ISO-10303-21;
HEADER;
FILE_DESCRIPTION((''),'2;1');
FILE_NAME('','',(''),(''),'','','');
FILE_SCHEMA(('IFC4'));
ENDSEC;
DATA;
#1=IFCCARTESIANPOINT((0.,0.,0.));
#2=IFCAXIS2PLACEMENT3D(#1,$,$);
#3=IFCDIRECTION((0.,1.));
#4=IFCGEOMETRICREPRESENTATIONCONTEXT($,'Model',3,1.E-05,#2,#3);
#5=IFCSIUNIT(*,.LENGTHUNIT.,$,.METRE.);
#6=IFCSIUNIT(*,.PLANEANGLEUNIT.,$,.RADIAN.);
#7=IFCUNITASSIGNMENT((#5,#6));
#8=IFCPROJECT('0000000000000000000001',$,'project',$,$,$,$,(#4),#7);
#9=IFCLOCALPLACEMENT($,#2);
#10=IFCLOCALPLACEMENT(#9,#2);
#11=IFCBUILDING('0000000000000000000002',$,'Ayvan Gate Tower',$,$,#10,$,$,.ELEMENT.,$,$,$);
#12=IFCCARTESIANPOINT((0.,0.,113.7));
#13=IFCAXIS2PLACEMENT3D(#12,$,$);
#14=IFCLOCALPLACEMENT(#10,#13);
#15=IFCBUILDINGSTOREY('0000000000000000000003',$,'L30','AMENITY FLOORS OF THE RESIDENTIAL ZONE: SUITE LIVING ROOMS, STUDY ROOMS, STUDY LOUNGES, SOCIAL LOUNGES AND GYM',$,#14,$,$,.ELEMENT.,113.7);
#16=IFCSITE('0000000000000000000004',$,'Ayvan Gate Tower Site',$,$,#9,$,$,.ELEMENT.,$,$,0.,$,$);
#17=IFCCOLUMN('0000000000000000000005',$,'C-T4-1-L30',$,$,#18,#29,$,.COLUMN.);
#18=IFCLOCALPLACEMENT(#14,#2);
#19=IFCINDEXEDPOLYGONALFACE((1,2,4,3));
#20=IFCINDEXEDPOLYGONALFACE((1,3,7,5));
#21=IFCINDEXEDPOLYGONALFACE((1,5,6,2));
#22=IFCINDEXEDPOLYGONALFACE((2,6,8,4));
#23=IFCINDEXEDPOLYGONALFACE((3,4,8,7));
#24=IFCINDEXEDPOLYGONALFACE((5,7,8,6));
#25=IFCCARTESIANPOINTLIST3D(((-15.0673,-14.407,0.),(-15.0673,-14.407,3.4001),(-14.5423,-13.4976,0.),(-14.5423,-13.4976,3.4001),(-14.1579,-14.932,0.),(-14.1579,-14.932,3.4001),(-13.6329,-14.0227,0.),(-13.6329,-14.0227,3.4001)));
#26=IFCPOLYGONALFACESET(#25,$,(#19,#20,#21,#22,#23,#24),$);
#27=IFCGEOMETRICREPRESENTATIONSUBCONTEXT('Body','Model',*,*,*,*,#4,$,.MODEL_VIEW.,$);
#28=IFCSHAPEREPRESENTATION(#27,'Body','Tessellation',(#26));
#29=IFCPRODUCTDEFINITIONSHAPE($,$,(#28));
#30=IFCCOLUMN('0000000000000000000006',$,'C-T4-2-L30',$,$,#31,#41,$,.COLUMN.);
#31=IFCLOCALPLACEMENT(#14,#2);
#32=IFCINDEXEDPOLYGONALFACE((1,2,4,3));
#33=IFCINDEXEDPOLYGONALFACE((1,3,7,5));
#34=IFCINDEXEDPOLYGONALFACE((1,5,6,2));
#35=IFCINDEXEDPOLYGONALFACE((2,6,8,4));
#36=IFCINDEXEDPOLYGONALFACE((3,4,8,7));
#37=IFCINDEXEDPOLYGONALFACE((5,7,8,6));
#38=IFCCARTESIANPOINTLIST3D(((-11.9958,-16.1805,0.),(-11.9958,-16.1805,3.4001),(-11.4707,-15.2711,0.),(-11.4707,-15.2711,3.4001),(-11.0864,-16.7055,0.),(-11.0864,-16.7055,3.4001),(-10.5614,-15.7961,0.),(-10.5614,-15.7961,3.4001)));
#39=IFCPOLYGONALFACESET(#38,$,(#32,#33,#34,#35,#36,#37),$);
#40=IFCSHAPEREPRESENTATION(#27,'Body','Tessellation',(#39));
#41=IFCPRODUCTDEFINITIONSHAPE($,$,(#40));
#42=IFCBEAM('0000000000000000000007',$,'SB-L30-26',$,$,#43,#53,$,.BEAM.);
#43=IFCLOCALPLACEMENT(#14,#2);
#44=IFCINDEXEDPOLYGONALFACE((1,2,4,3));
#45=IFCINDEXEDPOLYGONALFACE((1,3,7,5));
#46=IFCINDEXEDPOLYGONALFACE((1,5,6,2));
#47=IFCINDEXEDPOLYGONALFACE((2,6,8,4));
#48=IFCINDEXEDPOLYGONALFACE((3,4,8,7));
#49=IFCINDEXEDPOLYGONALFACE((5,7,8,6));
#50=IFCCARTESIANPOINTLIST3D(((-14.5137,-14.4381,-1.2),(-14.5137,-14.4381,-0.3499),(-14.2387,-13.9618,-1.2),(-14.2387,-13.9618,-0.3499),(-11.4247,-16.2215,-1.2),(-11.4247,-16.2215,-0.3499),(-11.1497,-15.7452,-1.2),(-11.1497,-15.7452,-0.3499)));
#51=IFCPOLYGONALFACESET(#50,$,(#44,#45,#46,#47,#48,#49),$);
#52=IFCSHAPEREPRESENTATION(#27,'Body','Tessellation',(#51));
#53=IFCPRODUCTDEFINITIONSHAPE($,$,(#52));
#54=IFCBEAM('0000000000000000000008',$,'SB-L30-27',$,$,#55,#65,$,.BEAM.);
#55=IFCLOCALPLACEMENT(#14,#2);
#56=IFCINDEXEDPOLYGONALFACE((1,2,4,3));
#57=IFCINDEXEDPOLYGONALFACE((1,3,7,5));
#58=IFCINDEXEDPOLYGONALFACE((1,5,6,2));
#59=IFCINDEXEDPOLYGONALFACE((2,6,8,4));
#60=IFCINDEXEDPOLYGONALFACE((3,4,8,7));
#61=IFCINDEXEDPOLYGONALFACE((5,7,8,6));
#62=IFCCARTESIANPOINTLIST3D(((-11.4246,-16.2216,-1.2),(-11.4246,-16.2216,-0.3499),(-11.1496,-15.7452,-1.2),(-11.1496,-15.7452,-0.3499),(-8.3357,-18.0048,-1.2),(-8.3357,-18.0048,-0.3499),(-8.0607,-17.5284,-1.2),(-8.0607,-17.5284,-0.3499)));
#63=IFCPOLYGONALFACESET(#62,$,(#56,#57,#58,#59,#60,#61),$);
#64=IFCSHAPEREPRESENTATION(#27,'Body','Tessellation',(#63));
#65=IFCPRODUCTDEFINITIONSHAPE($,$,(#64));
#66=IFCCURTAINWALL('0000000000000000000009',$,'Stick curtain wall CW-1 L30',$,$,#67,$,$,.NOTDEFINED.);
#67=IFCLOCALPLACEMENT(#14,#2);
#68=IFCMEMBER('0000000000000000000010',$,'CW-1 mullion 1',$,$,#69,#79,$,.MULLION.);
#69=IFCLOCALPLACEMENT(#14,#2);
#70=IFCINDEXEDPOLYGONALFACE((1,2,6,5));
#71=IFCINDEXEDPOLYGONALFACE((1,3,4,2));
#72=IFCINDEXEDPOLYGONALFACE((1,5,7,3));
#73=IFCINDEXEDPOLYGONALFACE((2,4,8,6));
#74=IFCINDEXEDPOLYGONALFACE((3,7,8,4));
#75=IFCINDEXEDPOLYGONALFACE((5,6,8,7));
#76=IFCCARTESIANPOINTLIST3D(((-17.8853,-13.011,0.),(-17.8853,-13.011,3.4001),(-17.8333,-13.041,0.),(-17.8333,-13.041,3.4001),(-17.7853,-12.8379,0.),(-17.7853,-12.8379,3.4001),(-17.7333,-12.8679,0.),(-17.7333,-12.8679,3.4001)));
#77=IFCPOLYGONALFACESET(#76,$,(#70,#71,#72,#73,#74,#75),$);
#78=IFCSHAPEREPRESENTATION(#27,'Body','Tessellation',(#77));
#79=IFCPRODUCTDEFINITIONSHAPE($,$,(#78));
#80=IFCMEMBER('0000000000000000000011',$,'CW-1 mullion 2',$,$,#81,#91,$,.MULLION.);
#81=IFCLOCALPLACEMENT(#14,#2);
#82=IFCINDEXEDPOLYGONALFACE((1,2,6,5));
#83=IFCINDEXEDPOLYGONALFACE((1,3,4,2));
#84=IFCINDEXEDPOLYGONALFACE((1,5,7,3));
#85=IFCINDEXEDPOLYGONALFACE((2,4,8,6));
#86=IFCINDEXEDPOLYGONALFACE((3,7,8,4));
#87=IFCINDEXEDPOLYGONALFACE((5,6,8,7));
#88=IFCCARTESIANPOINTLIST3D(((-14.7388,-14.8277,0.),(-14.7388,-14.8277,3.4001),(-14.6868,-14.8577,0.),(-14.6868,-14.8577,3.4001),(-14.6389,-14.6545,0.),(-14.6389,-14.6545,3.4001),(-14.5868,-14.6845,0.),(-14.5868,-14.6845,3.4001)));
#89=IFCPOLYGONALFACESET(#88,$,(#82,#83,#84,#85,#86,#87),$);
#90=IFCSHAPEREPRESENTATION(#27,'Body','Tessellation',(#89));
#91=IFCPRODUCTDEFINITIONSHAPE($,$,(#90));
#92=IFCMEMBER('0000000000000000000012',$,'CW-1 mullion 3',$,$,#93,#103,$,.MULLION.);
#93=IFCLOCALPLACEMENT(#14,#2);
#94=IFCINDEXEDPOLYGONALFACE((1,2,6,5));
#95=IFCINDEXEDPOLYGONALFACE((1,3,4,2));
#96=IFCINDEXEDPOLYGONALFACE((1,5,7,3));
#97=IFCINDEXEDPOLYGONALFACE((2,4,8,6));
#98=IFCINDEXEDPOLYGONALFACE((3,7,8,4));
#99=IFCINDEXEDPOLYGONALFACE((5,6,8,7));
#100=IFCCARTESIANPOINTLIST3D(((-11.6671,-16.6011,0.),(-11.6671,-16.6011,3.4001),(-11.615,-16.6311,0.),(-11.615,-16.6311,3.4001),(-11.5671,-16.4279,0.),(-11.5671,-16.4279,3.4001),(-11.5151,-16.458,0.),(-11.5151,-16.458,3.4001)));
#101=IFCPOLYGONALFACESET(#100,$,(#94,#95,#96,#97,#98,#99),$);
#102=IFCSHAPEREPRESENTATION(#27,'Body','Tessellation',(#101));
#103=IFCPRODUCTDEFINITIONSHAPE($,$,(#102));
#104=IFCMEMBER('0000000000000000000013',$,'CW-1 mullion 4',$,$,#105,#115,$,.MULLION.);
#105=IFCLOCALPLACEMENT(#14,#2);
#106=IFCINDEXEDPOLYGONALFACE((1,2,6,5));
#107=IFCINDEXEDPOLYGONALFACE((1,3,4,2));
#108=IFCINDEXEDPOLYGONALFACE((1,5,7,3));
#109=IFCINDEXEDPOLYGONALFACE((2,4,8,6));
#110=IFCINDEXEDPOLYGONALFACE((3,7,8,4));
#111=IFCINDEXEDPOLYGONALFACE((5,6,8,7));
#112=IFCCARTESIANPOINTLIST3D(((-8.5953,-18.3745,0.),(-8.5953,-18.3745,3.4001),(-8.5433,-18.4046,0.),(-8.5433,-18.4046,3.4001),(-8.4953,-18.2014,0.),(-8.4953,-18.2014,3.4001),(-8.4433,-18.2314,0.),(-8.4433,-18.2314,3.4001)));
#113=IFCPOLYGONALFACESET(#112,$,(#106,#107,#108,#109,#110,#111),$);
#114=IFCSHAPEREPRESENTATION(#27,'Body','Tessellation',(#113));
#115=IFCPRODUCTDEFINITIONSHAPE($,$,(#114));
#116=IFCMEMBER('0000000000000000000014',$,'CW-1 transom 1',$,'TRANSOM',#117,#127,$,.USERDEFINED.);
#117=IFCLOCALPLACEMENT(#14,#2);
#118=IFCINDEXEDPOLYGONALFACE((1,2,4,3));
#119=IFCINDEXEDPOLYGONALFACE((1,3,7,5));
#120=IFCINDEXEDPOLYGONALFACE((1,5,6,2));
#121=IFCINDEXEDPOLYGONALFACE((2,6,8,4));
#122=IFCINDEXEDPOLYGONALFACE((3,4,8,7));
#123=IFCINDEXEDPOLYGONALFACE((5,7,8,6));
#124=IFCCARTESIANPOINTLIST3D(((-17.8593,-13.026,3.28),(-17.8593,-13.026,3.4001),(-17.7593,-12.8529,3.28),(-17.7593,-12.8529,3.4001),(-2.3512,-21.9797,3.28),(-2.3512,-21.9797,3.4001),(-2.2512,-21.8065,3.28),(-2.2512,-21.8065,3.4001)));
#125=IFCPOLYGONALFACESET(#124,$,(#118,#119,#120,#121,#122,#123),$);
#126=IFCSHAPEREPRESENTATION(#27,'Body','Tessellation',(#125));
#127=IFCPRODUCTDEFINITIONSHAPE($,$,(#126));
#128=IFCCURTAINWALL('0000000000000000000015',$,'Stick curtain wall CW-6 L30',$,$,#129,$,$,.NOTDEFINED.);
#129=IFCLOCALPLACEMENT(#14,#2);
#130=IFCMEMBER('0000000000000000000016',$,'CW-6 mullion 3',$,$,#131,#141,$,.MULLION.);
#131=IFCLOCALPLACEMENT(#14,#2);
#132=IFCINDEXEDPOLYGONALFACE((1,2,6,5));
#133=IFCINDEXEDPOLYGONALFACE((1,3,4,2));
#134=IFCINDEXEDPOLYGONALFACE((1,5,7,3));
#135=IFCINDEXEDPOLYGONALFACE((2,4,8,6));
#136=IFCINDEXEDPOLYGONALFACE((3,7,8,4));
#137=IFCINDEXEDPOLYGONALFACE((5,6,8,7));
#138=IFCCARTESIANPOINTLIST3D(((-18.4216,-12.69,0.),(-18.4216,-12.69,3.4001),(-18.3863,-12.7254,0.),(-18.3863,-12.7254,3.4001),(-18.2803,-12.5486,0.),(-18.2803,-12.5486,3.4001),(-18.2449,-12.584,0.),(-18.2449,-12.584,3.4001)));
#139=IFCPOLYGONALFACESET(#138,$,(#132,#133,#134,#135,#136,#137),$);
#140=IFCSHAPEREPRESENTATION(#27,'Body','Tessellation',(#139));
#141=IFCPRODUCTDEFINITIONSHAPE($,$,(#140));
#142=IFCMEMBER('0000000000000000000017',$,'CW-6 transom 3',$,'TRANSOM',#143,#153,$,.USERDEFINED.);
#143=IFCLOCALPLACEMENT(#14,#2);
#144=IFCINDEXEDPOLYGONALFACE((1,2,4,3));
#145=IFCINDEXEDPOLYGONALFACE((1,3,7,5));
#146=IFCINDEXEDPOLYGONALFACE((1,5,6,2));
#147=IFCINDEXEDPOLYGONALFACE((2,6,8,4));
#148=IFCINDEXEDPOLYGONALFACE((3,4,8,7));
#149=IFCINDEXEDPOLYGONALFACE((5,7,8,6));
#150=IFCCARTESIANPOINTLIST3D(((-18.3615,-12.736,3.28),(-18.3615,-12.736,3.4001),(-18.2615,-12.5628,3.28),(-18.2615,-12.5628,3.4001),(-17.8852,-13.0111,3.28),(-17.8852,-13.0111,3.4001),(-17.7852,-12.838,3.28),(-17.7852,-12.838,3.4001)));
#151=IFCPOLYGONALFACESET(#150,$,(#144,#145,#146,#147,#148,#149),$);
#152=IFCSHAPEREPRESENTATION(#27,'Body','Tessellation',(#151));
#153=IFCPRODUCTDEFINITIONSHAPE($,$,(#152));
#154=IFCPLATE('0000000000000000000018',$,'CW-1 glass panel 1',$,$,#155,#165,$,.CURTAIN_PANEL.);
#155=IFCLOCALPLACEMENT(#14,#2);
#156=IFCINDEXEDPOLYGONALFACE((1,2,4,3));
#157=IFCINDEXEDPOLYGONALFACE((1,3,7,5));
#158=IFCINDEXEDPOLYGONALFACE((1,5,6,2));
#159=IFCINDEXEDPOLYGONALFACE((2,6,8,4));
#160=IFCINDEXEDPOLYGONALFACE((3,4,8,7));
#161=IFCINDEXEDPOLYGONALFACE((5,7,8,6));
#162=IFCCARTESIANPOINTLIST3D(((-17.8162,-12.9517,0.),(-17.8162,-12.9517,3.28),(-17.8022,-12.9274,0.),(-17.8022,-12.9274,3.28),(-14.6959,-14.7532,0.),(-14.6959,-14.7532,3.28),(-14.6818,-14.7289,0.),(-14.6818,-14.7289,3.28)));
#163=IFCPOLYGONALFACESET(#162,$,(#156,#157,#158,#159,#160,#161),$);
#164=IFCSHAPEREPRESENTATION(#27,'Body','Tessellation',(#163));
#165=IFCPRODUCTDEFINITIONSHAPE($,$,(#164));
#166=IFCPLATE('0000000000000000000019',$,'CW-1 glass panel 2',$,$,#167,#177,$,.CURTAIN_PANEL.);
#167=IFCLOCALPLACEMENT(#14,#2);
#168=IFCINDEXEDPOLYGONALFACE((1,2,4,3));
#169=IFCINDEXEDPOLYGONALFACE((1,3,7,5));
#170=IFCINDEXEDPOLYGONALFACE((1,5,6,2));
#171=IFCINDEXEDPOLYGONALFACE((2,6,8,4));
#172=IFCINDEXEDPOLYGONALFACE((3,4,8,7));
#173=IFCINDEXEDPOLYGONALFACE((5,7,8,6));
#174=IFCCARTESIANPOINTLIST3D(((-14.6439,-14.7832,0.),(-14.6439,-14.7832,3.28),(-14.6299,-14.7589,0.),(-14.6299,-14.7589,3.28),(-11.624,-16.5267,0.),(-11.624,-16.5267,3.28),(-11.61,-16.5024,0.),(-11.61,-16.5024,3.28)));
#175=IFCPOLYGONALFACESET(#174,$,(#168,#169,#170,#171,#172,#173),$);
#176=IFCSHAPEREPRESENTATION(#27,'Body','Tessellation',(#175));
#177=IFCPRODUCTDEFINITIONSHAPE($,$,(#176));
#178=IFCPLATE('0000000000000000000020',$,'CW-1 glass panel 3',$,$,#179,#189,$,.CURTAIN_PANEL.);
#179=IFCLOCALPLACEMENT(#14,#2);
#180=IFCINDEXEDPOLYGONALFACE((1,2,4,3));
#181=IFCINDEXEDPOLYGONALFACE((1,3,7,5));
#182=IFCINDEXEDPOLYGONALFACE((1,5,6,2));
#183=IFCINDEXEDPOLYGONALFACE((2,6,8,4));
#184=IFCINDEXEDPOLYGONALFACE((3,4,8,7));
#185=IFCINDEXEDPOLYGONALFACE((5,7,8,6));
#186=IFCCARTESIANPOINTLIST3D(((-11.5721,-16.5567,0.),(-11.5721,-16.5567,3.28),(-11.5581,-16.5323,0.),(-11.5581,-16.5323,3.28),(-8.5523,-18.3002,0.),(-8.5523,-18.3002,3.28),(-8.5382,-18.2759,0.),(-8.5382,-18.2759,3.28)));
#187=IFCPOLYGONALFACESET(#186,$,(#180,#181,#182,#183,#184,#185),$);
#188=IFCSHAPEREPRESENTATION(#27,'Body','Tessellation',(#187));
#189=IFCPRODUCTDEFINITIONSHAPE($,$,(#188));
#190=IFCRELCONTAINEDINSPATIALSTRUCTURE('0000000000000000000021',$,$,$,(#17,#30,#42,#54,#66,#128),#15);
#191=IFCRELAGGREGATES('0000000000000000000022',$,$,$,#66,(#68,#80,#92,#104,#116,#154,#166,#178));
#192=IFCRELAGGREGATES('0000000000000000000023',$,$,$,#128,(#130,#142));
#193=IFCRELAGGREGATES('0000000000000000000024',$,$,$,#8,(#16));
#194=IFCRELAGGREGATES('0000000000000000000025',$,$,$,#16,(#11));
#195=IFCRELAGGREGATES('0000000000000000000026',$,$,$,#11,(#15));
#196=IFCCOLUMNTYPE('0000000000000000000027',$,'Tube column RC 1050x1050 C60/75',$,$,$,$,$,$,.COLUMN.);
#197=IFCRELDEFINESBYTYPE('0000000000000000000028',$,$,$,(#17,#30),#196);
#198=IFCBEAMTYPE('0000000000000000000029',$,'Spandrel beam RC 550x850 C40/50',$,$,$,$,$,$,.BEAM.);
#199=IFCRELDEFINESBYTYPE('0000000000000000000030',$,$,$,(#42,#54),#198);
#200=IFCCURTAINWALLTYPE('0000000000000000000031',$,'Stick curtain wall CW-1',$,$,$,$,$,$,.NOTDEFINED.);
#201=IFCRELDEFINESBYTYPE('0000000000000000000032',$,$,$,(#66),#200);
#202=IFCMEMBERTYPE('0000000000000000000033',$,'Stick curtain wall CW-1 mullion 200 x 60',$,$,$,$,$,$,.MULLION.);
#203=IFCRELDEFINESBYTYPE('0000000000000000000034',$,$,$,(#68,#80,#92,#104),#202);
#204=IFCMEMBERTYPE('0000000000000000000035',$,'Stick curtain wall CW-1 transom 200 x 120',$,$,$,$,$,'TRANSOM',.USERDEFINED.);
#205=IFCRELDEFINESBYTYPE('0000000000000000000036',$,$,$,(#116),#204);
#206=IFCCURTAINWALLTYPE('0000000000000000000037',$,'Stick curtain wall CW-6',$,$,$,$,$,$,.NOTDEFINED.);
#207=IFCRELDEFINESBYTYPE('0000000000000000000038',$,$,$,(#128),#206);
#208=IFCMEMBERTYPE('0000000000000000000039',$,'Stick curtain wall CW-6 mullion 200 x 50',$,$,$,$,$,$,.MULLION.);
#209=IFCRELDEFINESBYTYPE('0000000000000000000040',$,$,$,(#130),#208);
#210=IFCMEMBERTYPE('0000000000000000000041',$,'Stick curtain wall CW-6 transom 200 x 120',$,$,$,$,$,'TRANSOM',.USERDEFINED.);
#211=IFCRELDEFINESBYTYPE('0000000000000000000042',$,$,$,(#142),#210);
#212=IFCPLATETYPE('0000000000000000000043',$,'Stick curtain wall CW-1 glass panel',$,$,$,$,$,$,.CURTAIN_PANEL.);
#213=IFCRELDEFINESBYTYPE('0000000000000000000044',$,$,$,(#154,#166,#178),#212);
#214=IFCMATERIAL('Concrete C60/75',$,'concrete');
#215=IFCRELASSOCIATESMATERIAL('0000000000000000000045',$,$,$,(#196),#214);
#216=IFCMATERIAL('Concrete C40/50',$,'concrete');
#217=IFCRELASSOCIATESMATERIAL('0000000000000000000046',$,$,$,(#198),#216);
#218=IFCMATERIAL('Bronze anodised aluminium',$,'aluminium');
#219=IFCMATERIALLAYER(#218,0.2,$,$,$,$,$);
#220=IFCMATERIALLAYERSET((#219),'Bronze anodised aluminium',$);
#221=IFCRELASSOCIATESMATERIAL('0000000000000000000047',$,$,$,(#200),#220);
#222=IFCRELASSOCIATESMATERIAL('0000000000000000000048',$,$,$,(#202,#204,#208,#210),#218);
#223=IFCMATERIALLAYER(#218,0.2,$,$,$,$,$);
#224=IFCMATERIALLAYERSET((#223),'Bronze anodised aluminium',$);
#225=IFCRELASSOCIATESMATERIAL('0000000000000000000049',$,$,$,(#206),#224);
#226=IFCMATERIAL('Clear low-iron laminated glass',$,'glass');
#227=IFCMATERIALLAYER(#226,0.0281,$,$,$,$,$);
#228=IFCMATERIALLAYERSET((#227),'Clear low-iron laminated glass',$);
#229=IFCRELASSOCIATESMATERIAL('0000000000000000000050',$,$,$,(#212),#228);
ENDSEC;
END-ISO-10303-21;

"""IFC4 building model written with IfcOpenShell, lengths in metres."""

from ifc_helpers import new_model, si_unit, direction, frame, origin, origin_2d, place, context, subcontext, project, spatial, rectangle, extrude, material, layer, layer_set, material_profile, profile_set, type_object, element, aggregate, save


model = new_model("IFC4")

# Units and contexts
model_context = context("Model", 3, precision=1e-05, world=origin(), true_north=direction((0.0, 1.0)))
body_context = subcontext(model_context, "Body", "Model", "MODEL_VIEW")
ifc_project = project(units=[si_unit("LENGTHUNIT", "METRE"), si_unit("PLANEANGLEUNIT", "RADIAN")], contexts=[model_context])

# Site, building, storey
site_placement = place(None, origin())
site = spatial("IfcSite", under=ifc_project, at=site_placement, Name="Ayvan Gate Tower Site", CompositionType="ELEMENT", RefElevation=0.0)
building_placement = place(site_placement, origin())
building = spatial("IfcBuilding", under=site, at=building_placement, Name="Ayvan Gate Tower", CompositionType="ELEMENT")
storey_placement = place(building_placement, frame((0.0, 0.0, 113.7)))
storey = spatial("IfcBuildingStorey", under=building, at=storey_placement, Name="L30", Description="AMENITY FLOORS OF THE RESIDENTIAL ZONE: SUITE LIVING ROOMS, STUDY ROOMS, STUDY LOUNGES, SOCIAL LOUNGES AND GYM", CompositionType="ELEMENT", Elevation=113.7)

# Columns
ifc_material_1 = material(Name="Concrete C60/75", Category="concrete")
ifc_material_profile_1 = material_profile(ifc_material_1, rectangle(XDim=1.05, YDim=1.05, at=origin_2d()), Name="RC 1050x1050")
ifc_profile_set_1 = profile_set([ifc_material_profile_1], Name="Concrete C60/75")
column_type = type_object("IfcColumnType", Name="Tube column RC 1050x1050 C60/75", PredefinedType="COLUMN", material=ifc_profile_set_1)
for number, where, z_axis, x_axis, name in (
    (1, (-14.3501, -14.2148, 0.0), (0.0, 0.0, 1.0), (-0.5, -0.866025, 0.0), "C-T4-1-L30"),
    (2, (-11.2786, -15.9883, 0.0), (0.0, 0.0, 1.0), (-0.5, -0.866025, 0.0), "C-T4-2-L30"),
):
    element("IfcColumn", number, at=place(storey_placement, frame(where, z_axis=z_axis, x_axis=x_axis)), inside=storey, type_object=column_type, Name=name, PredefinedType="COLUMN", context=body_context, shape_type="SweptSolid", body=[
        extrude(rectangle(XDim=1.05, YDim=1.05, at=origin_2d()), origin(), (0.0, 0.0, 1.0), 3.4001),
    ])

# Beams
ifc_material_2 = material(Name="Concrete C40/50", Category="concrete")
ifc_material_profile_2 = material_profile(ifc_material_2, rectangle(XDim=0.55, YDim=0.8501, at=origin_2d()), Name="RC 550x850")
ifc_profile_set_2 = profile_set([ifc_material_profile_2], Name="Concrete C40/50")
beam_type = type_object("IfcBeamType", Name="Spandrel beam RC 550x850 C40/50", PredefinedType="BEAM", material=ifc_profile_set_2)
beam_1_placement = place(storey_placement, frame((-14.3762, -14.2, -0.7749), z_axis=(0.866032, -0.499989, 0.0), x_axis=(0.499989, 0.866032, 0.0)))
element("IfcBeam", 3, at=beam_1_placement, inside=storey, type_object=beam_type, Name="SB-L30-26", PredefinedType="BEAM", context=body_context, shape_type="SweptSolid", body=[
    extrude(rectangle(XDim=0.55, YDim=0.8501, at=origin_2d()), origin(), (0.0, 0.0, 1.0), 3.5669),
])
beam_2_placement = place(storey_placement, frame((-11.2871, -15.9834, -0.7749), z_axis=(0.866044, -0.499967, 0.0), x_axis=(0.499967, 0.866044, 0.0)))
element("IfcBeam", 4, at=beam_2_placement, inside=storey, type_object=beam_type, Name="SB-L30-27", PredefinedType="BEAM", context=body_context, shape_type="SweptSolid", body=[
    extrude(rectangle(XDim=0.55, YDim=0.8501, at=origin_2d()), origin(), (0.0, 0.0, 1.0), 3.5667),
])

# Curtain walls, members
ifc_material_3 = material(Name="Bronze anodised aluminium", Category="aluminium")
ifc_layer_1 = layer(ifc_material_3, 0.2)
ifc_layer_set_1 = layer_set([ifc_layer_1], Name="Bronze anodised aluminium")
curtain_wall_type_1 = type_object("IfcCurtainWallType", Name="Stick curtain wall CW-1", PredefinedType="NOTDEFINED", material=ifc_layer_set_1)
curtain_wall_1_placement = place(storey_placement, origin())
curtain_wall_1 = element("IfcCurtainWall", 5, at=curtain_wall_1_placement, inside=storey, type_object=curtain_wall_type_1, Name="Stick curtain wall CW-1 L30", PredefinedType="NOTDEFINED")
ifc_material_profile_3 = material_profile(ifc_material_3, rectangle(XDim=0.2, YDim=0.0601, at=origin_2d()), Name="Stick curtain wall CW-1 mullion 200 x 60")
ifc_profile_set_3 = profile_set([ifc_material_profile_3], Name="Bronze anodised aluminium")
member_type_1 = type_object("IfcMemberType", Name="Stick curtain wall CW-1 mullion 200 x 60", PredefinedType="MULLION", material=ifc_profile_set_3)
member_1_placement = place(storey_placement, frame((-17.8093, -12.9395, 0.0), z_axis=(0.0, 0.0, 1.0), x_axis=(-0.5, -0.866025, 0.0)))
member_1 = element("IfcMember", 6, at=member_1_placement, type_object=member_type_1, Name="CW-1 mullion 1", PredefinedType="MULLION", context=body_context, shape_type="SweptSolid", body=[
    extrude(rectangle(XDim=0.2, YDim=0.0601, at=origin_2d()), origin(), (0.0, 0.0, 1.0), 3.4001),
])
member_2_placement = place(storey_placement, frame((-14.6628, -14.7561, 0.0), z_axis=(0.0, 0.0, 1.0), x_axis=(-0.5, -0.866025, 0.0)))
member_2 = element("IfcMember", 7, at=member_2_placement, type_object=member_type_1, Name="CW-1 mullion 2", PredefinedType="MULLION", context=body_context, shape_type="SweptSolid", body=[
    extrude(rectangle(XDim=0.2, YDim=0.0601, at=origin_2d()), origin(), (0.0, 0.0, 1.0), 3.4001),
])
member_3_placement = place(storey_placement, frame((-11.5911, -16.5295, 0.0), z_axis=(0.0, 0.0, 1.0), x_axis=(-0.5, -0.866025, 0.0)))
member_3 = element("IfcMember", 8, at=member_3_placement, type_object=member_type_1, Name="CW-1 mullion 3", PredefinedType="MULLION", context=body_context, shape_type="SweptSolid", body=[
    extrude(rectangle(XDim=0.2, YDim=0.0601, at=origin_2d()), origin(), (0.0, 0.0, 1.0), 3.4001),
])
member_4_placement = place(storey_placement, frame((-8.5193, -18.303, 0.0), z_axis=(0.0, 0.0, 1.0), x_axis=(-0.5, -0.866025, 0.0)))
member_4 = element("IfcMember", 9, at=member_4_placement, type_object=member_type_1, Name="CW-1 mullion 4", PredefinedType="MULLION", context=body_context, shape_type="SweptSolid", body=[
    extrude(rectangle(XDim=0.2, YDim=0.0601, at=origin_2d()), origin(), (0.0, 0.0, 1.0), 3.4001),
])
ifc_material_profile_4 = material_profile(ifc_material_3, rectangle(XDim=0.2, YDim=0.1201, at=origin_2d()), Name="Stick curtain wall CW-1 transom 200 x 120")
ifc_profile_set_4 = profile_set([ifc_material_profile_4], Name="Bronze anodised aluminium")
member_type_2 = type_object("IfcMemberType", Name="Stick curtain wall CW-1 transom 200 x 120", ElementType="TRANSOM", PredefinedType="USERDEFINED", material=ifc_profile_set_4)
member_5_placement = place(storey_placement, frame((-17.8093, -12.9395, 3.3401), z_axis=(0.866025, -0.500001, 0.0), x_axis=(0.500001, 0.866025, 0.0)))
member_5 = element("IfcMember", 10, at=member_5_placement, type_object=member_type_2, Name="CW-1 transom 1", ObjectType="TRANSOM", PredefinedType="USERDEFINED", context=body_context, shape_type="SweptSolid", body=[
    extrude(rectangle(XDim=0.2, YDim=0.1201, at=origin_2d()), origin(), (0.0, 0.0, 1.0), 17.9072),
])
ifc_layer_2 = layer(ifc_material_3, 0.2)
ifc_layer_set_2 = layer_set([ifc_layer_2], Name="Bronze anodised aluminium")
curtain_wall_type_2 = type_object("IfcCurtainWallType", Name="Stick curtain wall CW-6", PredefinedType="NOTDEFINED", material=ifc_layer_set_2)
curtain_wall_2_placement = place(storey_placement, origin())
curtain_wall_2 = element("IfcCurtainWall", 11, at=curtain_wall_2_placement, inside=storey, type_object=curtain_wall_type_2, Name="Stick curtain wall CW-6 L30", PredefinedType="NOTDEFINED")
ifc_material_profile_5 = material_profile(ifc_material_3, rectangle(XDim=0.2, YDim=0.05, at=origin_2d()), Name="Stick curtain wall CW-6 mullion 200 x 50")
ifc_profile_set_5 = profile_set([ifc_material_profile_5], Name="Bronze anodised aluminium")
member_type_3 = type_object("IfcMemberType", Name="Stick curtain wall CW-6 mullion 200 x 50", PredefinedType="MULLION", material=ifc_profile_set_5)
member_6_placement = place(storey_placement, frame((-18.3333, -12.637, 0.0), z_axis=(0.0, 0.0, 1.0), x_axis=(-0.707107, -0.707107, 0.0)))
member_6 = element("IfcMember", 12, at=member_6_placement, type_object=member_type_3, Name="CW-6 mullion 3", PredefinedType="MULLION", context=body_context, shape_type="SweptSolid", body=[
    extrude(rectangle(XDim=0.2, YDim=0.05, at=origin_2d()), origin(), (0.0, 0.0, 1.0), 3.4001),
])
ifc_material_profile_6 = material_profile(ifc_material_3, rectangle(XDim=0.2, YDim=0.1201, at=origin_2d()), Name="Stick curtain wall CW-6 transom 200 x 120")
ifc_profile_set_6 = profile_set([ifc_material_profile_6], Name="Bronze anodised aluminium")
member_type_4 = type_object("IfcMemberType", Name="Stick curtain wall CW-6 transom 200 x 120", ElementType="TRANSOM", PredefinedType="USERDEFINED", material=ifc_profile_set_6)
member_7_placement = place(storey_placement, frame((-18.3115, -12.6494, 3.3401), z_axis=(0.865912, -0.500196, 0.0), x_axis=(0.500196, 0.865912, 0.0)))
member_7 = element("IfcMember", 13, at=member_7_placement, type_object=member_type_4, Name="CW-6 transom 3", ObjectType="TRANSOM", PredefinedType="USERDEFINED", context=body_context, shape_type="SweptSolid", body=[
    extrude(rectangle(XDim=0.2, YDim=0.1201, at=origin_2d()), origin(), (0.0, 0.0, 1.0), 0.55),
])

# Plates
ifc_material_4 = material(Name="Clear low-iron laminated glass", Category="glass")
ifc_layer_3 = layer(ifc_material_4, 0.0281)
ifc_layer_set_3 = layer_set([ifc_layer_3], Name="Clear low-iron laminated glass")
plate_type_1 = type_object("IfcPlateType", Name="Stick curtain wall CW-1 glass panel", PredefinedType="CURTAIN_PANEL", material=ifc_layer_set_3)
plate_1_placement = place(storey_placement, frame((-16.249, -13.8403, 0.0), z_axis=(0.0, 0.0, 1.0), x_axis=(0.866025, -0.5, 0.0)))
plate_1 = element("IfcPlate", 14, at=plate_1_placement, type_object=plate_type_1, Name="CW-1 glass panel 1", PredefinedType="CURTAIN_PANEL", context=body_context, shape_type="SweptSolid", body=[
    extrude(rectangle(XDim=3.603, YDim=0.0281, at=origin_2d()), origin(), (0.0, 0.0, 1.0), 3.28),
])
plate_2_placement = place(storey_placement, frame((-13.127, -15.6428, 0.0), z_axis=(0.0, 0.0, 1.0), x_axis=(0.866025, -0.5, 0.0)))
plate_2 = element("IfcPlate", 15, at=plate_2_placement, type_object=plate_type_1, Name="CW-1 glass panel 2", PredefinedType="CURTAIN_PANEL", context=body_context, shape_type="SweptSolid", body=[
    extrude(rectangle(XDim=3.4871, YDim=0.0281, at=origin_2d()), origin(), (0.0, 0.0, 1.0), 3.28),
])
plate_3_placement = place(storey_placement, frame((-10.0552, -17.4163, 0.0), z_axis=(0.0, 0.0, 1.0), x_axis=(0.866025, -0.5, 0.0)))
plate_3 = element("IfcPlate", 16, at=plate_3_placement, type_object=plate_type_1, Name="CW-1 glass panel 3", PredefinedType="CURTAIN_PANEL", context=body_context, shape_type="SweptSolid", body=[
    extrude(rectangle(XDim=3.4871, YDim=0.0281, at=origin_2d()), origin(), (0.0, 0.0, 1.0), 3.28),
])
aggregate(curtain_wall_1, [member_1, member_2, member_3, member_4, member_5, plate_1, plate_2, plate_3])
aggregate(curtain_wall_2, [member_6, member_7])

save(model, "model.ifc")
